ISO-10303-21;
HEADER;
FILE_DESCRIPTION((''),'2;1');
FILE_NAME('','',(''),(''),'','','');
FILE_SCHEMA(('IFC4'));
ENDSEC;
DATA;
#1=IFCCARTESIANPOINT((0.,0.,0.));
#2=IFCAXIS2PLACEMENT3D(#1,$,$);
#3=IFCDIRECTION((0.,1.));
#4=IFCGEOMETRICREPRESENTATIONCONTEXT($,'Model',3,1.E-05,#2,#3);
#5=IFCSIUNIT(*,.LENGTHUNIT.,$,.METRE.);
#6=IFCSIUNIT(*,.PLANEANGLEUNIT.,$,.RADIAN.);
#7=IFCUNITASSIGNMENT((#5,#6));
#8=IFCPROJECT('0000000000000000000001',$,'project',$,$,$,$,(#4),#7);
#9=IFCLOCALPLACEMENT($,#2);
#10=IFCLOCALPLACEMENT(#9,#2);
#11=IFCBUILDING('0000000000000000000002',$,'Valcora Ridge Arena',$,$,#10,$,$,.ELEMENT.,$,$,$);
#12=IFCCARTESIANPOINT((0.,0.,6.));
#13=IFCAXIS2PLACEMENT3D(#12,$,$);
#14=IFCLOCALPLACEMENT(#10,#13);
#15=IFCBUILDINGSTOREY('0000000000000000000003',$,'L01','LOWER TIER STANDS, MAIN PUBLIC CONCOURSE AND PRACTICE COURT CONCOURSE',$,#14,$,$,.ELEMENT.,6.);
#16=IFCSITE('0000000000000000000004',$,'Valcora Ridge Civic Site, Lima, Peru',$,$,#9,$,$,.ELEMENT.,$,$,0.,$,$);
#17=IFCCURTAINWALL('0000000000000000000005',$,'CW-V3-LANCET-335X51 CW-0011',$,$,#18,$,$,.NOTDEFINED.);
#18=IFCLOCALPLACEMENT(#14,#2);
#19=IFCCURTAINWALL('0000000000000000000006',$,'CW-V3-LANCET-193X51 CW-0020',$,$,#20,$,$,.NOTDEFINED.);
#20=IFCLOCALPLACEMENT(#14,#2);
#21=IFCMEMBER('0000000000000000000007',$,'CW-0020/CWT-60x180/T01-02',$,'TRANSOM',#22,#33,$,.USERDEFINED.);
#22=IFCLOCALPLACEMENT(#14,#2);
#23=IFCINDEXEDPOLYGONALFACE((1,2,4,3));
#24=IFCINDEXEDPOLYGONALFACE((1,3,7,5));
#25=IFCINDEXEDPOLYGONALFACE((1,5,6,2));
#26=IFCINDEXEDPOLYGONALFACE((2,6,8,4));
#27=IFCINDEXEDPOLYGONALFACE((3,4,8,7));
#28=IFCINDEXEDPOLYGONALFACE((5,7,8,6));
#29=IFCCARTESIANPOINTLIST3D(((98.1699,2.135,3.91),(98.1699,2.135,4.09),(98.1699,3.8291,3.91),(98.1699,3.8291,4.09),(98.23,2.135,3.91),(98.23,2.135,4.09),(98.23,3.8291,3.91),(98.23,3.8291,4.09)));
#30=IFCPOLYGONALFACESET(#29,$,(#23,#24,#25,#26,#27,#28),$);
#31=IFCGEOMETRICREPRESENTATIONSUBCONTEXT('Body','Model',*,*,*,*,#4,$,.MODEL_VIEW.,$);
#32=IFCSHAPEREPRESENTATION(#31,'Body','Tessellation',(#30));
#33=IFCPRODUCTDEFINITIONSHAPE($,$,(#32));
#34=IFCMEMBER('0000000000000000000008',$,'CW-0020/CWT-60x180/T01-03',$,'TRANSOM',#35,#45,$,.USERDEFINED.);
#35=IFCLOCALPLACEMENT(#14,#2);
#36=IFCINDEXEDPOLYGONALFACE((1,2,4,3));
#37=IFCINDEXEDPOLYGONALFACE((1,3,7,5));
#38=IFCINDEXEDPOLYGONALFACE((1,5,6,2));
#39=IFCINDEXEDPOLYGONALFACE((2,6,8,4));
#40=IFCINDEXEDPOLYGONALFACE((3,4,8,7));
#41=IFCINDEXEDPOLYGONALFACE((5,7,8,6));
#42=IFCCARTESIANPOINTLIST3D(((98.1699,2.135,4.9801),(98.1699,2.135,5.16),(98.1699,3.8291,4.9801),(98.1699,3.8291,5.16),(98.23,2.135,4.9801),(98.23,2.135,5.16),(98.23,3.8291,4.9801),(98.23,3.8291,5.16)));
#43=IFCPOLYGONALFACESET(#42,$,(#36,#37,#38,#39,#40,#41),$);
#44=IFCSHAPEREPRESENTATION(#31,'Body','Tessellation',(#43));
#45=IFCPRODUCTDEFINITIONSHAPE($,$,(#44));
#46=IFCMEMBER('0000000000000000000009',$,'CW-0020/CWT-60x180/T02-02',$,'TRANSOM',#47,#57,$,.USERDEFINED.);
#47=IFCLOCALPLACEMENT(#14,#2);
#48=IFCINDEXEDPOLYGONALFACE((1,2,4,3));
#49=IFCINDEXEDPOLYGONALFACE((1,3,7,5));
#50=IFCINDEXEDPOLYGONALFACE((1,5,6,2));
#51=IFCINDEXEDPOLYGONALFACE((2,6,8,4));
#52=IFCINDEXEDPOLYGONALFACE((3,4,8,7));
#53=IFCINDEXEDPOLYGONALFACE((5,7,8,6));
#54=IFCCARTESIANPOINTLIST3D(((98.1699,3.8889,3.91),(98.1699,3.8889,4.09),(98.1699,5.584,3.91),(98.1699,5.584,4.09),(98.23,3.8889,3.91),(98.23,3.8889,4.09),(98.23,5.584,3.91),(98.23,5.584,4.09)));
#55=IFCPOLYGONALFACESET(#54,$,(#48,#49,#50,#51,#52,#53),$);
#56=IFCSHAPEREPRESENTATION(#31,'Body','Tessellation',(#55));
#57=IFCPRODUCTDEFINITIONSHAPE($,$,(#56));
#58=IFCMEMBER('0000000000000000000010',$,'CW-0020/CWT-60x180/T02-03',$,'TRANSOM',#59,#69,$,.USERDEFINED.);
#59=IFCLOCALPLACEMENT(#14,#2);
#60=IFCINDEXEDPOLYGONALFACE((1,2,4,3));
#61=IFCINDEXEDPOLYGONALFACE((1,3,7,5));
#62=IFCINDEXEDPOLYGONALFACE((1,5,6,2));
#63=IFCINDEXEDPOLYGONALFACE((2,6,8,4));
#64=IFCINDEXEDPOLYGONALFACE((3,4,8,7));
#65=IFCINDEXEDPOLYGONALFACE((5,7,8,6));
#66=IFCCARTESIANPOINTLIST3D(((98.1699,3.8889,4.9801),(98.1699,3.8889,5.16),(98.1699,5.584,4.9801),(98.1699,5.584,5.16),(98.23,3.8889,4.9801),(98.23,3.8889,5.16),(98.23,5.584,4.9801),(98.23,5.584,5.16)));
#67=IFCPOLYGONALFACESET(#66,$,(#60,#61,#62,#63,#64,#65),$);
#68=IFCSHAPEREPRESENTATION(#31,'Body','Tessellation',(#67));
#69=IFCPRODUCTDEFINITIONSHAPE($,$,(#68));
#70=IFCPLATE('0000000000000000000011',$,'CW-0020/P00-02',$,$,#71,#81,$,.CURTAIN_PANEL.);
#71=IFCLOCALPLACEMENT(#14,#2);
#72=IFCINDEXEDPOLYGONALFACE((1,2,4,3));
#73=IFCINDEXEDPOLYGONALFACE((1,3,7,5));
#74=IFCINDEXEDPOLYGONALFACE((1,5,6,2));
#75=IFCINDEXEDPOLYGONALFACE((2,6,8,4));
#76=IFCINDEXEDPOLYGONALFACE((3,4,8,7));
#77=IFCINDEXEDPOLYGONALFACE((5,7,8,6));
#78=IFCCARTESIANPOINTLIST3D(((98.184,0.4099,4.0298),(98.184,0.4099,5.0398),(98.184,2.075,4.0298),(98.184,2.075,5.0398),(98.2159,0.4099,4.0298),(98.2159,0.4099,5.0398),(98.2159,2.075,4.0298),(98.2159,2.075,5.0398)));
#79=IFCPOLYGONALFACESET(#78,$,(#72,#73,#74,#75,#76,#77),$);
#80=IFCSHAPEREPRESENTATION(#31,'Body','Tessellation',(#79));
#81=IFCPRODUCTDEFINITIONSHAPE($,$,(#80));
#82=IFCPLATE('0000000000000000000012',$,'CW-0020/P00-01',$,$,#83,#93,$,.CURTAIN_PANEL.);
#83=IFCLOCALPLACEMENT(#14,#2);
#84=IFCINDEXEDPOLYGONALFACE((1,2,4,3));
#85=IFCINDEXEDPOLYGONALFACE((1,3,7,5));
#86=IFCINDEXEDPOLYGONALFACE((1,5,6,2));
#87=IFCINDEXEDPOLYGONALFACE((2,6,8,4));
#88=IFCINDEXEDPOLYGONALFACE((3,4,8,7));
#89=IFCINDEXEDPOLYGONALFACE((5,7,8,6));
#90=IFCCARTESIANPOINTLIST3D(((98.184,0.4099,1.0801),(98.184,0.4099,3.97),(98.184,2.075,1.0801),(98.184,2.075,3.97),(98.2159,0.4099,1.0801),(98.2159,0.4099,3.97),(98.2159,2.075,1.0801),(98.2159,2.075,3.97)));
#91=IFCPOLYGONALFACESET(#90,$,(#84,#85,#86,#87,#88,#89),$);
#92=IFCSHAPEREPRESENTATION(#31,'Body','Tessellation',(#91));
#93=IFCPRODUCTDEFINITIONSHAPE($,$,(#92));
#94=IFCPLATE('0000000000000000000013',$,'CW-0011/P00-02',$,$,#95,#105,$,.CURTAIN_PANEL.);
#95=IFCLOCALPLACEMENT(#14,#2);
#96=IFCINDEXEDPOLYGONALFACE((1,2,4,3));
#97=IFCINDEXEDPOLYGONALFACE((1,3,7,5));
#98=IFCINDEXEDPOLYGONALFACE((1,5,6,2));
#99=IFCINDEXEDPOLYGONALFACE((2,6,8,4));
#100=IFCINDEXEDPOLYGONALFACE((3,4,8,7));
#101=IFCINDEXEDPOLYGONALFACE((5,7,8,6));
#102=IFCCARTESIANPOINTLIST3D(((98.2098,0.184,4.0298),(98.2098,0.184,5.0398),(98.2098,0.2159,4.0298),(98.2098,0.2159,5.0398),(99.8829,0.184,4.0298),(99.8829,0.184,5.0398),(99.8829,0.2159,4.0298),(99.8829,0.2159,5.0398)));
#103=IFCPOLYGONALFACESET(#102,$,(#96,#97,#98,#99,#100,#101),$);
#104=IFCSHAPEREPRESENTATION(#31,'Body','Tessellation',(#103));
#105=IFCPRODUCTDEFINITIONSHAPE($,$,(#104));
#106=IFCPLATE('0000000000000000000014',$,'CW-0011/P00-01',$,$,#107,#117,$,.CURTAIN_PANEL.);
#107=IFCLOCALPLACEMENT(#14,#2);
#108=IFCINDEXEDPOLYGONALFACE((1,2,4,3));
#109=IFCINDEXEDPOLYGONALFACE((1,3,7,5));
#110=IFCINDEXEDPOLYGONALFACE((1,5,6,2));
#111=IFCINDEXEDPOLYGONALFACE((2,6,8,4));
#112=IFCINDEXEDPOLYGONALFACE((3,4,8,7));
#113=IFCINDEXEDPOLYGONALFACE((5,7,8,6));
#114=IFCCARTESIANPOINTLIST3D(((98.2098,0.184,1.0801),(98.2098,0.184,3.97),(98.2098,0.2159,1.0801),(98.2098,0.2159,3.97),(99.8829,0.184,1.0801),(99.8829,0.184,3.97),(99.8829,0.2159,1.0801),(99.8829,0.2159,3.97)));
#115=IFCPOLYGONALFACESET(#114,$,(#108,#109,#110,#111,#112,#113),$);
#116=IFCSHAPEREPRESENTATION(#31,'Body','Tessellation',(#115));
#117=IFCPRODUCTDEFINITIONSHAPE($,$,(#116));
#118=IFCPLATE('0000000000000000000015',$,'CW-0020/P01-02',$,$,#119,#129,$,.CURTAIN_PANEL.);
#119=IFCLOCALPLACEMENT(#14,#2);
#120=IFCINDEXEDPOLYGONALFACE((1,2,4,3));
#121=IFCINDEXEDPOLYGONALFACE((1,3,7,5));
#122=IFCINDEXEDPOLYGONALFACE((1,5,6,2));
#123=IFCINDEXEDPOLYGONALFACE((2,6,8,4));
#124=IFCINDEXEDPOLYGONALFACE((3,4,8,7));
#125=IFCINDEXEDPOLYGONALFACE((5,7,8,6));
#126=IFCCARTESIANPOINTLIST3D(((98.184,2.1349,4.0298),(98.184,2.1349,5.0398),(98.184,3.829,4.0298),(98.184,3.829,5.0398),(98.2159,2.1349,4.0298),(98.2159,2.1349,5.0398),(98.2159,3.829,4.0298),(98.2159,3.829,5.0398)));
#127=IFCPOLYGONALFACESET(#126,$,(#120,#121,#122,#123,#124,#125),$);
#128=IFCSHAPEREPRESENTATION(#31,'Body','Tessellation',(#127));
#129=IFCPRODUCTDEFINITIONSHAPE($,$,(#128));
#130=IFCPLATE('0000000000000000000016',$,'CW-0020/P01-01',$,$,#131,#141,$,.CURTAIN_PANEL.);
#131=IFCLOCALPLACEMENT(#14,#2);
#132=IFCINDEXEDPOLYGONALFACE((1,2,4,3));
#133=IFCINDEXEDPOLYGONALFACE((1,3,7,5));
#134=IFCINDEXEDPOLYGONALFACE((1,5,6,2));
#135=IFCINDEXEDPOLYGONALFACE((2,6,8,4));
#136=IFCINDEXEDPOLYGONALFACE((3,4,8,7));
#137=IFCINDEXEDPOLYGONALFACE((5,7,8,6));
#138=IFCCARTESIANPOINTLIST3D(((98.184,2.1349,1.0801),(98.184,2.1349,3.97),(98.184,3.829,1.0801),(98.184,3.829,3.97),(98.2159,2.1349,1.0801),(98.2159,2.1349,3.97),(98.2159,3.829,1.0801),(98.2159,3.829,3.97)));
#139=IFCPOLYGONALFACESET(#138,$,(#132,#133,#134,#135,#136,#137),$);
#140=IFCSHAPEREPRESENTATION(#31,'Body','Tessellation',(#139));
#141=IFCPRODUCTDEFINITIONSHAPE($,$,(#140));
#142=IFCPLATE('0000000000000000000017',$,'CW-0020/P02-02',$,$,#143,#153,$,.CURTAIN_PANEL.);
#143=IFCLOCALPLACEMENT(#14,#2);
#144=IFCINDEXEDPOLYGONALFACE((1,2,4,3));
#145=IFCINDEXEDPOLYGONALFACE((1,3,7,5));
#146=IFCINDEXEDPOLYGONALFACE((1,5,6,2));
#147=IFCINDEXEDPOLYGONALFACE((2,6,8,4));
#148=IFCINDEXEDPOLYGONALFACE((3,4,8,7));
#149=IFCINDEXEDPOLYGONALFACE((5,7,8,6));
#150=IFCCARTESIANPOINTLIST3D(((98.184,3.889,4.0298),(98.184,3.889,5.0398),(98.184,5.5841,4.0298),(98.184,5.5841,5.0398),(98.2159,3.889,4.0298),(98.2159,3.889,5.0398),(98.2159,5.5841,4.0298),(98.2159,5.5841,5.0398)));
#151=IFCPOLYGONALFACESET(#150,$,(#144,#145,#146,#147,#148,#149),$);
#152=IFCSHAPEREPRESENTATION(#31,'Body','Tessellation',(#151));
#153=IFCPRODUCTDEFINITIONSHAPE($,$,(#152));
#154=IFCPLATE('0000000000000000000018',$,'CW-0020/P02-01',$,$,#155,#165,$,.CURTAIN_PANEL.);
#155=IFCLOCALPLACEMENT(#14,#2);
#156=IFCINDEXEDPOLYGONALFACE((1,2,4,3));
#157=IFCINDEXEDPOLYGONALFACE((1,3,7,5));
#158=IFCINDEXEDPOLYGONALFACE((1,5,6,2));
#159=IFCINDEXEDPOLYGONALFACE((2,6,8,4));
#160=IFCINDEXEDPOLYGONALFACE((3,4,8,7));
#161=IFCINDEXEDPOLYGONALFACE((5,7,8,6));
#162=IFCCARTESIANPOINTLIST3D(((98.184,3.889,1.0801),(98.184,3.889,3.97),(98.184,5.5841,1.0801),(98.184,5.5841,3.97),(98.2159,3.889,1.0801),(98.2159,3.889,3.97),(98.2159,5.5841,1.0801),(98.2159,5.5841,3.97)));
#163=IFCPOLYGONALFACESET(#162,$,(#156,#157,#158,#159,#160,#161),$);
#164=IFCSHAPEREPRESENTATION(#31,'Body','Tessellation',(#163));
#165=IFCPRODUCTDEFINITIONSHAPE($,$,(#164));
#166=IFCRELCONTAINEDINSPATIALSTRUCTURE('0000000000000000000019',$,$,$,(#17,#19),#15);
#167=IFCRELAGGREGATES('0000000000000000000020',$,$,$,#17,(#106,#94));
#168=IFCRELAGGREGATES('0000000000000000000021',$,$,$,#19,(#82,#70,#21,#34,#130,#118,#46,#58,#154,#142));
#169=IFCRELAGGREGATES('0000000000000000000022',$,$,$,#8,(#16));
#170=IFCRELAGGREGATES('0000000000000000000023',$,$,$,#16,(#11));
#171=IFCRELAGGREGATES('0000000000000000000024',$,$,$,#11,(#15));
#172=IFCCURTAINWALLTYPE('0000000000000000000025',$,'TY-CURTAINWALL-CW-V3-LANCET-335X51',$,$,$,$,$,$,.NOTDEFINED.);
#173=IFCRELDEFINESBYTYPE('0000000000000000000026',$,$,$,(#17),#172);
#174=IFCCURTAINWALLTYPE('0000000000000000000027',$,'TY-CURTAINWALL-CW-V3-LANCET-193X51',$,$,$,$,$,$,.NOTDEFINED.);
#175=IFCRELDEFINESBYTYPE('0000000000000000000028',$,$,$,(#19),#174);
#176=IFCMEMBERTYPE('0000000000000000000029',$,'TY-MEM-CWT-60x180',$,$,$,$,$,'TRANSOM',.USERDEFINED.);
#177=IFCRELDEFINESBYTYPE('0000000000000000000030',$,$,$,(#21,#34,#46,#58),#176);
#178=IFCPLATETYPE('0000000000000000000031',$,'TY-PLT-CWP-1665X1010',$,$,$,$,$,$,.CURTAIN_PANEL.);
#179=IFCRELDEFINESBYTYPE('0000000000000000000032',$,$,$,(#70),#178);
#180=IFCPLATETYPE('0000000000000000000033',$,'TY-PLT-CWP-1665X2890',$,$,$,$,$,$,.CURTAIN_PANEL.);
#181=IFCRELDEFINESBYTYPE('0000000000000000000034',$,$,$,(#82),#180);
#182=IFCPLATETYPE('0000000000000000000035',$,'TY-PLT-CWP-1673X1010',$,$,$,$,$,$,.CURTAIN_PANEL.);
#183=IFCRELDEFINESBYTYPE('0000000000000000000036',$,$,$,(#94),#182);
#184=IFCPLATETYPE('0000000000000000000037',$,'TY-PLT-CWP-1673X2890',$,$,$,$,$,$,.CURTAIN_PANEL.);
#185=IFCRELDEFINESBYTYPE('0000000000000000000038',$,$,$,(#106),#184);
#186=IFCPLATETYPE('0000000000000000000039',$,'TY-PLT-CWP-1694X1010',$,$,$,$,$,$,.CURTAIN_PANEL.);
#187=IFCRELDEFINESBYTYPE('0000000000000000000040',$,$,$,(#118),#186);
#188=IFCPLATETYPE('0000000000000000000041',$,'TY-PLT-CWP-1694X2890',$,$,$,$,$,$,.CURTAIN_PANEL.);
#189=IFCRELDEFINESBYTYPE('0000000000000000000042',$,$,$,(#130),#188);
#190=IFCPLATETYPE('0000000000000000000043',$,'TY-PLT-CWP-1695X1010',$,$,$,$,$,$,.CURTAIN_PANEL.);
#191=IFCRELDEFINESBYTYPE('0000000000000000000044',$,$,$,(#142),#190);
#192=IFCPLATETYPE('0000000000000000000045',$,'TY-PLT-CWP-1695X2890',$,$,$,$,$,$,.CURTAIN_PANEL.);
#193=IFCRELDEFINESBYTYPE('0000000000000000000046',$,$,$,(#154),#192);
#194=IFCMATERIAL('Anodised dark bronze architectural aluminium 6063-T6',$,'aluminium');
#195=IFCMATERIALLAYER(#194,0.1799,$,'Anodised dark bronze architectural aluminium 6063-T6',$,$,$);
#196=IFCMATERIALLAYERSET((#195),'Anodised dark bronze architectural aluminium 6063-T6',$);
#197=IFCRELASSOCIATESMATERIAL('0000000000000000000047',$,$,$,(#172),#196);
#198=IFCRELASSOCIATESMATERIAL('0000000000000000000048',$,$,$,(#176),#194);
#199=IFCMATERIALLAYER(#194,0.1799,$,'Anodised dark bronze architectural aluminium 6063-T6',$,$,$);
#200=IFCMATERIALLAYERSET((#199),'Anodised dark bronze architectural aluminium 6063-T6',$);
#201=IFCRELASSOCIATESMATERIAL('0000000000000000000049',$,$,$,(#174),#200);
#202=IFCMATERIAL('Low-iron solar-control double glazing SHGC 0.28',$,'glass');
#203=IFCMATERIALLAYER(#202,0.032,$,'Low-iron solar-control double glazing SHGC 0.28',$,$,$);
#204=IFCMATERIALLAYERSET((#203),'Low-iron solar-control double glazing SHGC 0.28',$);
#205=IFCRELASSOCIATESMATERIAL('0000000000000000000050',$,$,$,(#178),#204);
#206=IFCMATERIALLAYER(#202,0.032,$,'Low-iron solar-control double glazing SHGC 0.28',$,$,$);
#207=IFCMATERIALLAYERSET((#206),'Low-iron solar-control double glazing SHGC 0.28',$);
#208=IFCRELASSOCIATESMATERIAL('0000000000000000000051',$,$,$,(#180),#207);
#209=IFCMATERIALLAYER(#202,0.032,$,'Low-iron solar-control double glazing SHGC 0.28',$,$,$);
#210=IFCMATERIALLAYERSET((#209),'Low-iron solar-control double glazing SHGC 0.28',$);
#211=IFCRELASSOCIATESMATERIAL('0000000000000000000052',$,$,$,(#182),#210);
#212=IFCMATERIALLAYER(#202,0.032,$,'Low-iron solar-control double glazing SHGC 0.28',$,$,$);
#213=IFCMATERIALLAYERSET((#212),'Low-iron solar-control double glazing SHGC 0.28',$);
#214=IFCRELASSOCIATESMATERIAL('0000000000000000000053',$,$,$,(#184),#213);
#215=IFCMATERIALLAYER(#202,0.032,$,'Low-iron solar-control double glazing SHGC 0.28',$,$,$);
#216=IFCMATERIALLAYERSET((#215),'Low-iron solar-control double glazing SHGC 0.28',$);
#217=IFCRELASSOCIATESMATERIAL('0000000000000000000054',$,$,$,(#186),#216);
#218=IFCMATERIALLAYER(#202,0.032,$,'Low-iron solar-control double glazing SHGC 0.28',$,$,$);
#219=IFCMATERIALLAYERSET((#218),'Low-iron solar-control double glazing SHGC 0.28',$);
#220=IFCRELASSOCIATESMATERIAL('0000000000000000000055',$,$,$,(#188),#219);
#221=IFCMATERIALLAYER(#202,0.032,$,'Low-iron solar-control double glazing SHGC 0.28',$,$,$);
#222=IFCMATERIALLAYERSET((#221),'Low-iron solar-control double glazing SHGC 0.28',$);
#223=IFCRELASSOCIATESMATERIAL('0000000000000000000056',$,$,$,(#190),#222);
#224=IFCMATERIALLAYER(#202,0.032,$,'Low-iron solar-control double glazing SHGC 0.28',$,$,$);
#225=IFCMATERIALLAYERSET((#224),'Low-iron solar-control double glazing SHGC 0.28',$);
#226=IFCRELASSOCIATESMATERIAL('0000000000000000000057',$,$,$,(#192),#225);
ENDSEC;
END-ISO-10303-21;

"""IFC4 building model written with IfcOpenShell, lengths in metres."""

from ifc_helpers import new_model, si_unit, direction, frame, origin, origin_2d, place, context, subcontext, project, spatial, rectangle, extrude, material, layer, layer_set, material_profile, profile_set, type_object, element, aggregate, save


model = new_model("IFC4")

# Units and contexts
model_context = context("Model", 3, precision=1e-05, world=origin(), true_north=direction((0.0, 1.0)))
body_context = subcontext(model_context, "Body", "Model", "MODEL_VIEW")
ifc_project = project(units=[si_unit("LENGTHUNIT", "METRE"), si_unit("PLANEANGLEUNIT", "RADIAN")], contexts=[model_context])

# Site, building, storey
site_placement = place(None, origin())
site = spatial("IfcSite", under=ifc_project, at=site_placement, Name="Valcora Ridge Civic Site, Lima, Peru", CompositionType="ELEMENT", RefElevation=0.0)
building_placement = place(site_placement, origin())
building = spatial("IfcBuilding", under=site, at=building_placement, Name="Valcora Ridge Arena", CompositionType="ELEMENT")
storey_placement = place(building_placement, frame((0.0, 0.0, 6.0)))
storey = spatial("IfcBuildingStorey", under=building, at=storey_placement, Name="L01", Description="LOWER TIER STANDS, MAIN PUBLIC CONCOURSE AND PRACTICE COURT CONCOURSE", CompositionType="ELEMENT", Elevation=6.0)

# Curtain wall
ifc_material_1 = material(Name="Anodised dark bronze architectural aluminium 6063-T6", Category="aluminium")
ifc_layer_1 = layer(ifc_material_1, 0.1799, Name="Anodised dark bronze architectural aluminium 6063-T6")
ifc_layer_set_1 = layer_set([ifc_layer_1], Name="Anodised dark bronze architectural aluminium 6063-T6")
curtain_wall_type_1 = type_object("IfcCurtainWallType", Name="TY-CURTAINWALL-CW-V3-LANCET-335X51", PredefinedType="NOTDEFINED", material=ifc_layer_set_1)
curtain_wall_1_placement = place(storey_placement, origin())
curtain_wall_1 = element("IfcCurtainWall", 1, at=curtain_wall_1_placement, inside=storey, type_object=curtain_wall_type_1, Name="CW-V3-LANCET-335X51 CW-0011", PredefinedType="NOTDEFINED")
ifc_material_profile_1 = material_profile(ifc_material_1, rectangle(XDim=0.0601, YDim=0.1799, at=origin_2d()), Name="ALU TRANSOM 60x180")
ifc_profile_set_1 = profile_set([ifc_material_profile_1], Name="Anodised dark bronze architectural aluminium 6063-T6")
member_type = type_object("IfcMemberType", Name="TY-MEM-CWT-60x180", ElementType="TRANSOM", PredefinedType="USERDEFINED", material=ifc_profile_set_1)

# Curtain wall, members, plates
ifc_layer_2 = layer(ifc_material_1, 0.1799, Name="Anodised dark bronze architectural aluminium 6063-T6")
ifc_layer_set_2 = layer_set([ifc_layer_2], Name="Anodised dark bronze architectural aluminium 6063-T6")
curtain_wall_type_2 = type_object("IfcCurtainWallType", Name="TY-CURTAINWALL-CW-V3-LANCET-193X51", PredefinedType="NOTDEFINED", material=ifc_layer_set_2)
curtain_wall_2_placement = place(storey_placement, origin())
curtain_wall_2 = element("IfcCurtainWall", 2, at=curtain_wall_2_placement, inside=storey, type_object=curtain_wall_type_2, Name="CW-V3-LANCET-193X51 CW-0020", PredefinedType="NOTDEFINED")
member_1_placement = place(storey_placement, frame((98.2, 2.135, 4.0), z_axis=(0.0, 1.0, 0.0), x_axis=(-1.0, 0.0, 0.0)))
member_1 = element("IfcMember", 3, at=member_1_placement, type_object=member_type, Name="CW-0020/CWT-60x180/T01-02", ObjectType="TRANSOM", PredefinedType="USERDEFINED", context=body_context, shape_type="SweptSolid", body=[
    extrude(rectangle(XDim=0.0601, YDim=0.1799, at=origin_2d()), origin(), (0.0, 0.0, 1.0), 1.6941),
])
member_2_placement = place(storey_placement, frame((98.2, 2.135, 5.0701), z_axis=(0.0, 1.0, 0.0), x_axis=(-1.0, 0.0, 0.0)))
member_2 = element("IfcMember", 4, at=member_2_placement, type_object=member_type, Name="CW-0020/CWT-60x180/T01-03", ObjectType="TRANSOM", PredefinedType="USERDEFINED", context=body_context, shape_type="SweptSolid", body=[
    extrude(rectangle(XDim=0.0601, YDim=0.1799, at=origin_2d()), origin(), (0.0, 0.0, 1.0), 1.6941),
])
member_3_placement = place(storey_placement, frame((98.2, 3.8889, 4.0), z_axis=(0.0, 1.0, 0.0), x_axis=(-1.0, 0.0, 0.0)))
member_3 = element("IfcMember", 5, at=member_3_placement, type_object=member_type, Name="CW-0020/CWT-60x180/T02-02", ObjectType="TRANSOM", PredefinedType="USERDEFINED", context=body_context, shape_type="SweptSolid", body=[
    extrude(rectangle(XDim=0.0601, YDim=0.1799, at=origin_2d()), origin(), (0.0, 0.0, 1.0), 1.6951),
])
member_4_placement = place(storey_placement, frame((98.2, 3.8889, 5.0701), z_axis=(0.0, 1.0, 0.0), x_axis=(-1.0, 0.0, 0.0)))
member_4 = element("IfcMember", 6, at=member_4_placement, type_object=member_type, Name="CW-0020/CWT-60x180/T02-03", ObjectType="TRANSOM", PredefinedType="USERDEFINED", context=body_context, shape_type="SweptSolid", body=[
    extrude(rectangle(XDim=0.0601, YDim=0.1799, at=origin_2d()), origin(), (0.0, 0.0, 1.0), 1.6951),
])
ifc_material_2 = material(Name="Low-iron solar-control double glazing SHGC 0.28", Category="glass")
ifc_layer_3 = layer(ifc_material_2, 0.032, Name="Low-iron solar-control double glazing SHGC 0.28")
ifc_layer_set_3 = layer_set([ifc_layer_3], Name="Low-iron solar-control double glazing SHGC 0.28")
plate_type_1 = type_object("IfcPlateType", Name="TY-PLT-CWP-1665X1010", PredefinedType="CURTAIN_PANEL", material=ifc_layer_set_3)
plate_1_placement = place(storey_placement, frame((98.2, 1.2424, 4.0298), z_axis=(0.0, 0.0, 1.0), x_axis=(0.0, 1.0, 0.0)))
plate_1 = element("IfcPlate", 7, at=plate_1_placement, type_object=plate_type_1, Name="CW-0020/P00-02", PredefinedType="CURTAIN_PANEL", context=body_context, shape_type="SweptSolid", body=[
    extrude(rectangle(XDim=1.665, YDim=0.032, at=origin_2d()), origin(), (0.0, 0.0, 1.0), 1.01),
])
ifc_layer_4 = layer(ifc_material_2, 0.032, Name="Low-iron solar-control double glazing SHGC 0.28")
ifc_layer_set_4 = layer_set([ifc_layer_4], Name="Low-iron solar-control double glazing SHGC 0.28")
plate_type_2 = type_object("IfcPlateType", Name="TY-PLT-CWP-1665X2890", PredefinedType="CURTAIN_PANEL", material=ifc_layer_set_4)
plate_2_placement = place(storey_placement, frame((98.2, 1.2424, 1.0801), z_axis=(0.0, 0.0, 1.0), x_axis=(0.0, 1.0, 0.0)))
plate_2 = element("IfcPlate", 8, at=plate_2_placement, type_object=plate_type_2, Name="CW-0020/P00-01", PredefinedType="CURTAIN_PANEL", context=body_context, shape_type="SweptSolid", body=[
    extrude(rectangle(XDim=1.665, YDim=0.032, at=origin_2d()), origin(), (0.0, 0.0, 1.0), 2.8899),
])

# Plates
ifc_layer_5 = layer(ifc_material_2, 0.032, Name="Low-iron solar-control double glazing SHGC 0.28")
ifc_layer_set_5 = layer_set([ifc_layer_5], Name="Low-iron solar-control double glazing SHGC 0.28")
plate_type_3 = type_object("IfcPlateType", Name="TY-PLT-CWP-1673X1010", PredefinedType="CURTAIN_PANEL", material=ifc_layer_set_5)
plate_3_placement = place(storey_placement, frame((99.0464, 0.2, 4.0298), z_axis=(0.0, 0.0, 1.0), x_axis=(1.0, 0.0, 0.0)))
plate_3 = element("IfcPlate", 9, at=plate_3_placement, type_object=plate_type_3, Name="CW-0011/P00-02", PredefinedType="CURTAIN_PANEL", context=body_context, shape_type="SweptSolid", body=[
    extrude(rectangle(XDim=1.6731, YDim=0.032, at=origin_2d()), origin(), (0.0, 0.0, 1.0), 1.01),
])
ifc_layer_6 = layer(ifc_material_2, 0.032, Name="Low-iron solar-control double glazing SHGC 0.28")
ifc_layer_set_6 = layer_set([ifc_layer_6], Name="Low-iron solar-control double glazing SHGC 0.28")
plate_type_4 = type_object("IfcPlateType", Name="TY-PLT-CWP-1673X2890", PredefinedType="CURTAIN_PANEL", material=ifc_layer_set_6)
plate_4_placement = place(storey_placement, frame((99.0464, 0.2, 1.0801), z_axis=(0.0, 0.0, 1.0), x_axis=(1.0, 0.0, 0.0)))
plate_4 = element("IfcPlate", 10, at=plate_4_placement, type_object=plate_type_4, Name="CW-0011/P00-01", PredefinedType="CURTAIN_PANEL", context=body_context, shape_type="SweptSolid", body=[
    extrude(rectangle(XDim=1.6731, YDim=0.032, at=origin_2d()), origin(), (0.0, 0.0, 1.0), 2.8899),
])
aggregate(curtain_wall_1, [plate_4, plate_3])
ifc_layer_7 = layer(ifc_material_2, 0.032, Name="Low-iron solar-control double glazing SHGC 0.28")
ifc_layer_set_7 = layer_set([ifc_layer_7], Name="Low-iron solar-control double glazing SHGC 0.28")
plate_type_5 = type_object("IfcPlateType", Name="TY-PLT-CWP-1694X1010", PredefinedType="CURTAIN_PANEL", material=ifc_layer_set_7)
plate_5_placement = place(storey_placement, frame((98.2, 2.9819, 4.0298), z_axis=(0.0, 0.0, 1.0), x_axis=(0.0, 1.0, 0.0)))
plate_5 = element("IfcPlate", 11, at=plate_5_placement, type_object=plate_type_5, Name="CW-0020/P01-02", PredefinedType="CURTAIN_PANEL", context=body_context, shape_type="SweptSolid", body=[
    extrude(rectangle(XDim=1.6941, YDim=0.032, at=origin_2d()), origin(), (0.0, 0.0, 1.0), 1.01),
])
ifc_layer_8 = layer(ifc_material_2, 0.032, Name="Low-iron solar-control double glazing SHGC 0.28")
ifc_layer_set_8 = layer_set([ifc_layer_8], Name="Low-iron solar-control double glazing SHGC 0.28")
plate_type_6 = type_object("IfcPlateType", Name="TY-PLT-CWP-1694X2890", PredefinedType="CURTAIN_PANEL", material=ifc_layer_set_8)
plate_6_placement = place(storey_placement, frame((98.2, 2.9819, 1.0801), z_axis=(0.0, 0.0, 1.0), x_axis=(0.0, 1.0, 0.0)))
plate_6 = element("IfcPlate", 12, at=plate_6_placement, type_object=plate_type_6, Name="CW-0020/P01-01", PredefinedType="CURTAIN_PANEL", context=body_context, shape_type="SweptSolid", body=[
    extrude(rectangle(XDim=1.6941, YDim=0.032, at=origin_2d()), origin(), (0.0, 0.0, 1.0), 2.8899),
])
ifc_layer_9 = layer(ifc_material_2, 0.032, Name="Low-iron solar-control double glazing SHGC 0.28")
ifc_layer_set_9 = layer_set([ifc_layer_9], Name="Low-iron solar-control double glazing SHGC 0.28")
plate_type_7 = type_object("IfcPlateType", Name="TY-PLT-CWP-1695X1010", PredefinedType="CURTAIN_PANEL", material=ifc_layer_set_9)
plate_7_placement = place(storey_placement, frame((98.2, 4.7366, 4.0298), z_axis=(0.0, 0.0, 1.0), x_axis=(0.0, 1.0, 0.0)))
plate_7 = element("IfcPlate", 13, at=plate_7_placement, type_object=plate_type_7, Name="CW-0020/P02-02", PredefinedType="CURTAIN_PANEL", context=body_context, shape_type="SweptSolid", body=[
    extrude(rectangle(XDim=1.6951, YDim=0.032, at=origin_2d()), origin(), (0.0, 0.0, 1.0), 1.01),
])
ifc_layer_10 = layer(ifc_material_2, 0.032, Name="Low-iron solar-control double glazing SHGC 0.28")
ifc_layer_set_10 = layer_set([ifc_layer_10], Name="Low-iron solar-control double glazing SHGC 0.28")
plate_type_8 = type_object("IfcPlateType", Name="TY-PLT-CWP-1695X2890", PredefinedType="CURTAIN_PANEL", material=ifc_layer_set_10)
plate_8_placement = place(storey_placement, frame((98.2, 4.7366, 1.0801), z_axis=(0.0, 0.0, 1.0), x_axis=(0.0, 1.0, 0.0)))
plate_8 = element("IfcPlate", 14, at=plate_8_placement, type_object=plate_type_8, Name="CW-0020/P02-01", PredefinedType="CURTAIN_PANEL", context=body_context, shape_type="SweptSolid", body=[
    extrude(rectangle(XDim=1.6951, YDim=0.032, at=origin_2d()), origin(), (0.0, 0.0, 1.0), 2.8899),
])
aggregate(curtain_wall_2, [plate_2, plate_1, member_1, member_2, plate_6, plate_5, member_3, member_4, plate_8, plate_7])

save(model, "model.ifc")
